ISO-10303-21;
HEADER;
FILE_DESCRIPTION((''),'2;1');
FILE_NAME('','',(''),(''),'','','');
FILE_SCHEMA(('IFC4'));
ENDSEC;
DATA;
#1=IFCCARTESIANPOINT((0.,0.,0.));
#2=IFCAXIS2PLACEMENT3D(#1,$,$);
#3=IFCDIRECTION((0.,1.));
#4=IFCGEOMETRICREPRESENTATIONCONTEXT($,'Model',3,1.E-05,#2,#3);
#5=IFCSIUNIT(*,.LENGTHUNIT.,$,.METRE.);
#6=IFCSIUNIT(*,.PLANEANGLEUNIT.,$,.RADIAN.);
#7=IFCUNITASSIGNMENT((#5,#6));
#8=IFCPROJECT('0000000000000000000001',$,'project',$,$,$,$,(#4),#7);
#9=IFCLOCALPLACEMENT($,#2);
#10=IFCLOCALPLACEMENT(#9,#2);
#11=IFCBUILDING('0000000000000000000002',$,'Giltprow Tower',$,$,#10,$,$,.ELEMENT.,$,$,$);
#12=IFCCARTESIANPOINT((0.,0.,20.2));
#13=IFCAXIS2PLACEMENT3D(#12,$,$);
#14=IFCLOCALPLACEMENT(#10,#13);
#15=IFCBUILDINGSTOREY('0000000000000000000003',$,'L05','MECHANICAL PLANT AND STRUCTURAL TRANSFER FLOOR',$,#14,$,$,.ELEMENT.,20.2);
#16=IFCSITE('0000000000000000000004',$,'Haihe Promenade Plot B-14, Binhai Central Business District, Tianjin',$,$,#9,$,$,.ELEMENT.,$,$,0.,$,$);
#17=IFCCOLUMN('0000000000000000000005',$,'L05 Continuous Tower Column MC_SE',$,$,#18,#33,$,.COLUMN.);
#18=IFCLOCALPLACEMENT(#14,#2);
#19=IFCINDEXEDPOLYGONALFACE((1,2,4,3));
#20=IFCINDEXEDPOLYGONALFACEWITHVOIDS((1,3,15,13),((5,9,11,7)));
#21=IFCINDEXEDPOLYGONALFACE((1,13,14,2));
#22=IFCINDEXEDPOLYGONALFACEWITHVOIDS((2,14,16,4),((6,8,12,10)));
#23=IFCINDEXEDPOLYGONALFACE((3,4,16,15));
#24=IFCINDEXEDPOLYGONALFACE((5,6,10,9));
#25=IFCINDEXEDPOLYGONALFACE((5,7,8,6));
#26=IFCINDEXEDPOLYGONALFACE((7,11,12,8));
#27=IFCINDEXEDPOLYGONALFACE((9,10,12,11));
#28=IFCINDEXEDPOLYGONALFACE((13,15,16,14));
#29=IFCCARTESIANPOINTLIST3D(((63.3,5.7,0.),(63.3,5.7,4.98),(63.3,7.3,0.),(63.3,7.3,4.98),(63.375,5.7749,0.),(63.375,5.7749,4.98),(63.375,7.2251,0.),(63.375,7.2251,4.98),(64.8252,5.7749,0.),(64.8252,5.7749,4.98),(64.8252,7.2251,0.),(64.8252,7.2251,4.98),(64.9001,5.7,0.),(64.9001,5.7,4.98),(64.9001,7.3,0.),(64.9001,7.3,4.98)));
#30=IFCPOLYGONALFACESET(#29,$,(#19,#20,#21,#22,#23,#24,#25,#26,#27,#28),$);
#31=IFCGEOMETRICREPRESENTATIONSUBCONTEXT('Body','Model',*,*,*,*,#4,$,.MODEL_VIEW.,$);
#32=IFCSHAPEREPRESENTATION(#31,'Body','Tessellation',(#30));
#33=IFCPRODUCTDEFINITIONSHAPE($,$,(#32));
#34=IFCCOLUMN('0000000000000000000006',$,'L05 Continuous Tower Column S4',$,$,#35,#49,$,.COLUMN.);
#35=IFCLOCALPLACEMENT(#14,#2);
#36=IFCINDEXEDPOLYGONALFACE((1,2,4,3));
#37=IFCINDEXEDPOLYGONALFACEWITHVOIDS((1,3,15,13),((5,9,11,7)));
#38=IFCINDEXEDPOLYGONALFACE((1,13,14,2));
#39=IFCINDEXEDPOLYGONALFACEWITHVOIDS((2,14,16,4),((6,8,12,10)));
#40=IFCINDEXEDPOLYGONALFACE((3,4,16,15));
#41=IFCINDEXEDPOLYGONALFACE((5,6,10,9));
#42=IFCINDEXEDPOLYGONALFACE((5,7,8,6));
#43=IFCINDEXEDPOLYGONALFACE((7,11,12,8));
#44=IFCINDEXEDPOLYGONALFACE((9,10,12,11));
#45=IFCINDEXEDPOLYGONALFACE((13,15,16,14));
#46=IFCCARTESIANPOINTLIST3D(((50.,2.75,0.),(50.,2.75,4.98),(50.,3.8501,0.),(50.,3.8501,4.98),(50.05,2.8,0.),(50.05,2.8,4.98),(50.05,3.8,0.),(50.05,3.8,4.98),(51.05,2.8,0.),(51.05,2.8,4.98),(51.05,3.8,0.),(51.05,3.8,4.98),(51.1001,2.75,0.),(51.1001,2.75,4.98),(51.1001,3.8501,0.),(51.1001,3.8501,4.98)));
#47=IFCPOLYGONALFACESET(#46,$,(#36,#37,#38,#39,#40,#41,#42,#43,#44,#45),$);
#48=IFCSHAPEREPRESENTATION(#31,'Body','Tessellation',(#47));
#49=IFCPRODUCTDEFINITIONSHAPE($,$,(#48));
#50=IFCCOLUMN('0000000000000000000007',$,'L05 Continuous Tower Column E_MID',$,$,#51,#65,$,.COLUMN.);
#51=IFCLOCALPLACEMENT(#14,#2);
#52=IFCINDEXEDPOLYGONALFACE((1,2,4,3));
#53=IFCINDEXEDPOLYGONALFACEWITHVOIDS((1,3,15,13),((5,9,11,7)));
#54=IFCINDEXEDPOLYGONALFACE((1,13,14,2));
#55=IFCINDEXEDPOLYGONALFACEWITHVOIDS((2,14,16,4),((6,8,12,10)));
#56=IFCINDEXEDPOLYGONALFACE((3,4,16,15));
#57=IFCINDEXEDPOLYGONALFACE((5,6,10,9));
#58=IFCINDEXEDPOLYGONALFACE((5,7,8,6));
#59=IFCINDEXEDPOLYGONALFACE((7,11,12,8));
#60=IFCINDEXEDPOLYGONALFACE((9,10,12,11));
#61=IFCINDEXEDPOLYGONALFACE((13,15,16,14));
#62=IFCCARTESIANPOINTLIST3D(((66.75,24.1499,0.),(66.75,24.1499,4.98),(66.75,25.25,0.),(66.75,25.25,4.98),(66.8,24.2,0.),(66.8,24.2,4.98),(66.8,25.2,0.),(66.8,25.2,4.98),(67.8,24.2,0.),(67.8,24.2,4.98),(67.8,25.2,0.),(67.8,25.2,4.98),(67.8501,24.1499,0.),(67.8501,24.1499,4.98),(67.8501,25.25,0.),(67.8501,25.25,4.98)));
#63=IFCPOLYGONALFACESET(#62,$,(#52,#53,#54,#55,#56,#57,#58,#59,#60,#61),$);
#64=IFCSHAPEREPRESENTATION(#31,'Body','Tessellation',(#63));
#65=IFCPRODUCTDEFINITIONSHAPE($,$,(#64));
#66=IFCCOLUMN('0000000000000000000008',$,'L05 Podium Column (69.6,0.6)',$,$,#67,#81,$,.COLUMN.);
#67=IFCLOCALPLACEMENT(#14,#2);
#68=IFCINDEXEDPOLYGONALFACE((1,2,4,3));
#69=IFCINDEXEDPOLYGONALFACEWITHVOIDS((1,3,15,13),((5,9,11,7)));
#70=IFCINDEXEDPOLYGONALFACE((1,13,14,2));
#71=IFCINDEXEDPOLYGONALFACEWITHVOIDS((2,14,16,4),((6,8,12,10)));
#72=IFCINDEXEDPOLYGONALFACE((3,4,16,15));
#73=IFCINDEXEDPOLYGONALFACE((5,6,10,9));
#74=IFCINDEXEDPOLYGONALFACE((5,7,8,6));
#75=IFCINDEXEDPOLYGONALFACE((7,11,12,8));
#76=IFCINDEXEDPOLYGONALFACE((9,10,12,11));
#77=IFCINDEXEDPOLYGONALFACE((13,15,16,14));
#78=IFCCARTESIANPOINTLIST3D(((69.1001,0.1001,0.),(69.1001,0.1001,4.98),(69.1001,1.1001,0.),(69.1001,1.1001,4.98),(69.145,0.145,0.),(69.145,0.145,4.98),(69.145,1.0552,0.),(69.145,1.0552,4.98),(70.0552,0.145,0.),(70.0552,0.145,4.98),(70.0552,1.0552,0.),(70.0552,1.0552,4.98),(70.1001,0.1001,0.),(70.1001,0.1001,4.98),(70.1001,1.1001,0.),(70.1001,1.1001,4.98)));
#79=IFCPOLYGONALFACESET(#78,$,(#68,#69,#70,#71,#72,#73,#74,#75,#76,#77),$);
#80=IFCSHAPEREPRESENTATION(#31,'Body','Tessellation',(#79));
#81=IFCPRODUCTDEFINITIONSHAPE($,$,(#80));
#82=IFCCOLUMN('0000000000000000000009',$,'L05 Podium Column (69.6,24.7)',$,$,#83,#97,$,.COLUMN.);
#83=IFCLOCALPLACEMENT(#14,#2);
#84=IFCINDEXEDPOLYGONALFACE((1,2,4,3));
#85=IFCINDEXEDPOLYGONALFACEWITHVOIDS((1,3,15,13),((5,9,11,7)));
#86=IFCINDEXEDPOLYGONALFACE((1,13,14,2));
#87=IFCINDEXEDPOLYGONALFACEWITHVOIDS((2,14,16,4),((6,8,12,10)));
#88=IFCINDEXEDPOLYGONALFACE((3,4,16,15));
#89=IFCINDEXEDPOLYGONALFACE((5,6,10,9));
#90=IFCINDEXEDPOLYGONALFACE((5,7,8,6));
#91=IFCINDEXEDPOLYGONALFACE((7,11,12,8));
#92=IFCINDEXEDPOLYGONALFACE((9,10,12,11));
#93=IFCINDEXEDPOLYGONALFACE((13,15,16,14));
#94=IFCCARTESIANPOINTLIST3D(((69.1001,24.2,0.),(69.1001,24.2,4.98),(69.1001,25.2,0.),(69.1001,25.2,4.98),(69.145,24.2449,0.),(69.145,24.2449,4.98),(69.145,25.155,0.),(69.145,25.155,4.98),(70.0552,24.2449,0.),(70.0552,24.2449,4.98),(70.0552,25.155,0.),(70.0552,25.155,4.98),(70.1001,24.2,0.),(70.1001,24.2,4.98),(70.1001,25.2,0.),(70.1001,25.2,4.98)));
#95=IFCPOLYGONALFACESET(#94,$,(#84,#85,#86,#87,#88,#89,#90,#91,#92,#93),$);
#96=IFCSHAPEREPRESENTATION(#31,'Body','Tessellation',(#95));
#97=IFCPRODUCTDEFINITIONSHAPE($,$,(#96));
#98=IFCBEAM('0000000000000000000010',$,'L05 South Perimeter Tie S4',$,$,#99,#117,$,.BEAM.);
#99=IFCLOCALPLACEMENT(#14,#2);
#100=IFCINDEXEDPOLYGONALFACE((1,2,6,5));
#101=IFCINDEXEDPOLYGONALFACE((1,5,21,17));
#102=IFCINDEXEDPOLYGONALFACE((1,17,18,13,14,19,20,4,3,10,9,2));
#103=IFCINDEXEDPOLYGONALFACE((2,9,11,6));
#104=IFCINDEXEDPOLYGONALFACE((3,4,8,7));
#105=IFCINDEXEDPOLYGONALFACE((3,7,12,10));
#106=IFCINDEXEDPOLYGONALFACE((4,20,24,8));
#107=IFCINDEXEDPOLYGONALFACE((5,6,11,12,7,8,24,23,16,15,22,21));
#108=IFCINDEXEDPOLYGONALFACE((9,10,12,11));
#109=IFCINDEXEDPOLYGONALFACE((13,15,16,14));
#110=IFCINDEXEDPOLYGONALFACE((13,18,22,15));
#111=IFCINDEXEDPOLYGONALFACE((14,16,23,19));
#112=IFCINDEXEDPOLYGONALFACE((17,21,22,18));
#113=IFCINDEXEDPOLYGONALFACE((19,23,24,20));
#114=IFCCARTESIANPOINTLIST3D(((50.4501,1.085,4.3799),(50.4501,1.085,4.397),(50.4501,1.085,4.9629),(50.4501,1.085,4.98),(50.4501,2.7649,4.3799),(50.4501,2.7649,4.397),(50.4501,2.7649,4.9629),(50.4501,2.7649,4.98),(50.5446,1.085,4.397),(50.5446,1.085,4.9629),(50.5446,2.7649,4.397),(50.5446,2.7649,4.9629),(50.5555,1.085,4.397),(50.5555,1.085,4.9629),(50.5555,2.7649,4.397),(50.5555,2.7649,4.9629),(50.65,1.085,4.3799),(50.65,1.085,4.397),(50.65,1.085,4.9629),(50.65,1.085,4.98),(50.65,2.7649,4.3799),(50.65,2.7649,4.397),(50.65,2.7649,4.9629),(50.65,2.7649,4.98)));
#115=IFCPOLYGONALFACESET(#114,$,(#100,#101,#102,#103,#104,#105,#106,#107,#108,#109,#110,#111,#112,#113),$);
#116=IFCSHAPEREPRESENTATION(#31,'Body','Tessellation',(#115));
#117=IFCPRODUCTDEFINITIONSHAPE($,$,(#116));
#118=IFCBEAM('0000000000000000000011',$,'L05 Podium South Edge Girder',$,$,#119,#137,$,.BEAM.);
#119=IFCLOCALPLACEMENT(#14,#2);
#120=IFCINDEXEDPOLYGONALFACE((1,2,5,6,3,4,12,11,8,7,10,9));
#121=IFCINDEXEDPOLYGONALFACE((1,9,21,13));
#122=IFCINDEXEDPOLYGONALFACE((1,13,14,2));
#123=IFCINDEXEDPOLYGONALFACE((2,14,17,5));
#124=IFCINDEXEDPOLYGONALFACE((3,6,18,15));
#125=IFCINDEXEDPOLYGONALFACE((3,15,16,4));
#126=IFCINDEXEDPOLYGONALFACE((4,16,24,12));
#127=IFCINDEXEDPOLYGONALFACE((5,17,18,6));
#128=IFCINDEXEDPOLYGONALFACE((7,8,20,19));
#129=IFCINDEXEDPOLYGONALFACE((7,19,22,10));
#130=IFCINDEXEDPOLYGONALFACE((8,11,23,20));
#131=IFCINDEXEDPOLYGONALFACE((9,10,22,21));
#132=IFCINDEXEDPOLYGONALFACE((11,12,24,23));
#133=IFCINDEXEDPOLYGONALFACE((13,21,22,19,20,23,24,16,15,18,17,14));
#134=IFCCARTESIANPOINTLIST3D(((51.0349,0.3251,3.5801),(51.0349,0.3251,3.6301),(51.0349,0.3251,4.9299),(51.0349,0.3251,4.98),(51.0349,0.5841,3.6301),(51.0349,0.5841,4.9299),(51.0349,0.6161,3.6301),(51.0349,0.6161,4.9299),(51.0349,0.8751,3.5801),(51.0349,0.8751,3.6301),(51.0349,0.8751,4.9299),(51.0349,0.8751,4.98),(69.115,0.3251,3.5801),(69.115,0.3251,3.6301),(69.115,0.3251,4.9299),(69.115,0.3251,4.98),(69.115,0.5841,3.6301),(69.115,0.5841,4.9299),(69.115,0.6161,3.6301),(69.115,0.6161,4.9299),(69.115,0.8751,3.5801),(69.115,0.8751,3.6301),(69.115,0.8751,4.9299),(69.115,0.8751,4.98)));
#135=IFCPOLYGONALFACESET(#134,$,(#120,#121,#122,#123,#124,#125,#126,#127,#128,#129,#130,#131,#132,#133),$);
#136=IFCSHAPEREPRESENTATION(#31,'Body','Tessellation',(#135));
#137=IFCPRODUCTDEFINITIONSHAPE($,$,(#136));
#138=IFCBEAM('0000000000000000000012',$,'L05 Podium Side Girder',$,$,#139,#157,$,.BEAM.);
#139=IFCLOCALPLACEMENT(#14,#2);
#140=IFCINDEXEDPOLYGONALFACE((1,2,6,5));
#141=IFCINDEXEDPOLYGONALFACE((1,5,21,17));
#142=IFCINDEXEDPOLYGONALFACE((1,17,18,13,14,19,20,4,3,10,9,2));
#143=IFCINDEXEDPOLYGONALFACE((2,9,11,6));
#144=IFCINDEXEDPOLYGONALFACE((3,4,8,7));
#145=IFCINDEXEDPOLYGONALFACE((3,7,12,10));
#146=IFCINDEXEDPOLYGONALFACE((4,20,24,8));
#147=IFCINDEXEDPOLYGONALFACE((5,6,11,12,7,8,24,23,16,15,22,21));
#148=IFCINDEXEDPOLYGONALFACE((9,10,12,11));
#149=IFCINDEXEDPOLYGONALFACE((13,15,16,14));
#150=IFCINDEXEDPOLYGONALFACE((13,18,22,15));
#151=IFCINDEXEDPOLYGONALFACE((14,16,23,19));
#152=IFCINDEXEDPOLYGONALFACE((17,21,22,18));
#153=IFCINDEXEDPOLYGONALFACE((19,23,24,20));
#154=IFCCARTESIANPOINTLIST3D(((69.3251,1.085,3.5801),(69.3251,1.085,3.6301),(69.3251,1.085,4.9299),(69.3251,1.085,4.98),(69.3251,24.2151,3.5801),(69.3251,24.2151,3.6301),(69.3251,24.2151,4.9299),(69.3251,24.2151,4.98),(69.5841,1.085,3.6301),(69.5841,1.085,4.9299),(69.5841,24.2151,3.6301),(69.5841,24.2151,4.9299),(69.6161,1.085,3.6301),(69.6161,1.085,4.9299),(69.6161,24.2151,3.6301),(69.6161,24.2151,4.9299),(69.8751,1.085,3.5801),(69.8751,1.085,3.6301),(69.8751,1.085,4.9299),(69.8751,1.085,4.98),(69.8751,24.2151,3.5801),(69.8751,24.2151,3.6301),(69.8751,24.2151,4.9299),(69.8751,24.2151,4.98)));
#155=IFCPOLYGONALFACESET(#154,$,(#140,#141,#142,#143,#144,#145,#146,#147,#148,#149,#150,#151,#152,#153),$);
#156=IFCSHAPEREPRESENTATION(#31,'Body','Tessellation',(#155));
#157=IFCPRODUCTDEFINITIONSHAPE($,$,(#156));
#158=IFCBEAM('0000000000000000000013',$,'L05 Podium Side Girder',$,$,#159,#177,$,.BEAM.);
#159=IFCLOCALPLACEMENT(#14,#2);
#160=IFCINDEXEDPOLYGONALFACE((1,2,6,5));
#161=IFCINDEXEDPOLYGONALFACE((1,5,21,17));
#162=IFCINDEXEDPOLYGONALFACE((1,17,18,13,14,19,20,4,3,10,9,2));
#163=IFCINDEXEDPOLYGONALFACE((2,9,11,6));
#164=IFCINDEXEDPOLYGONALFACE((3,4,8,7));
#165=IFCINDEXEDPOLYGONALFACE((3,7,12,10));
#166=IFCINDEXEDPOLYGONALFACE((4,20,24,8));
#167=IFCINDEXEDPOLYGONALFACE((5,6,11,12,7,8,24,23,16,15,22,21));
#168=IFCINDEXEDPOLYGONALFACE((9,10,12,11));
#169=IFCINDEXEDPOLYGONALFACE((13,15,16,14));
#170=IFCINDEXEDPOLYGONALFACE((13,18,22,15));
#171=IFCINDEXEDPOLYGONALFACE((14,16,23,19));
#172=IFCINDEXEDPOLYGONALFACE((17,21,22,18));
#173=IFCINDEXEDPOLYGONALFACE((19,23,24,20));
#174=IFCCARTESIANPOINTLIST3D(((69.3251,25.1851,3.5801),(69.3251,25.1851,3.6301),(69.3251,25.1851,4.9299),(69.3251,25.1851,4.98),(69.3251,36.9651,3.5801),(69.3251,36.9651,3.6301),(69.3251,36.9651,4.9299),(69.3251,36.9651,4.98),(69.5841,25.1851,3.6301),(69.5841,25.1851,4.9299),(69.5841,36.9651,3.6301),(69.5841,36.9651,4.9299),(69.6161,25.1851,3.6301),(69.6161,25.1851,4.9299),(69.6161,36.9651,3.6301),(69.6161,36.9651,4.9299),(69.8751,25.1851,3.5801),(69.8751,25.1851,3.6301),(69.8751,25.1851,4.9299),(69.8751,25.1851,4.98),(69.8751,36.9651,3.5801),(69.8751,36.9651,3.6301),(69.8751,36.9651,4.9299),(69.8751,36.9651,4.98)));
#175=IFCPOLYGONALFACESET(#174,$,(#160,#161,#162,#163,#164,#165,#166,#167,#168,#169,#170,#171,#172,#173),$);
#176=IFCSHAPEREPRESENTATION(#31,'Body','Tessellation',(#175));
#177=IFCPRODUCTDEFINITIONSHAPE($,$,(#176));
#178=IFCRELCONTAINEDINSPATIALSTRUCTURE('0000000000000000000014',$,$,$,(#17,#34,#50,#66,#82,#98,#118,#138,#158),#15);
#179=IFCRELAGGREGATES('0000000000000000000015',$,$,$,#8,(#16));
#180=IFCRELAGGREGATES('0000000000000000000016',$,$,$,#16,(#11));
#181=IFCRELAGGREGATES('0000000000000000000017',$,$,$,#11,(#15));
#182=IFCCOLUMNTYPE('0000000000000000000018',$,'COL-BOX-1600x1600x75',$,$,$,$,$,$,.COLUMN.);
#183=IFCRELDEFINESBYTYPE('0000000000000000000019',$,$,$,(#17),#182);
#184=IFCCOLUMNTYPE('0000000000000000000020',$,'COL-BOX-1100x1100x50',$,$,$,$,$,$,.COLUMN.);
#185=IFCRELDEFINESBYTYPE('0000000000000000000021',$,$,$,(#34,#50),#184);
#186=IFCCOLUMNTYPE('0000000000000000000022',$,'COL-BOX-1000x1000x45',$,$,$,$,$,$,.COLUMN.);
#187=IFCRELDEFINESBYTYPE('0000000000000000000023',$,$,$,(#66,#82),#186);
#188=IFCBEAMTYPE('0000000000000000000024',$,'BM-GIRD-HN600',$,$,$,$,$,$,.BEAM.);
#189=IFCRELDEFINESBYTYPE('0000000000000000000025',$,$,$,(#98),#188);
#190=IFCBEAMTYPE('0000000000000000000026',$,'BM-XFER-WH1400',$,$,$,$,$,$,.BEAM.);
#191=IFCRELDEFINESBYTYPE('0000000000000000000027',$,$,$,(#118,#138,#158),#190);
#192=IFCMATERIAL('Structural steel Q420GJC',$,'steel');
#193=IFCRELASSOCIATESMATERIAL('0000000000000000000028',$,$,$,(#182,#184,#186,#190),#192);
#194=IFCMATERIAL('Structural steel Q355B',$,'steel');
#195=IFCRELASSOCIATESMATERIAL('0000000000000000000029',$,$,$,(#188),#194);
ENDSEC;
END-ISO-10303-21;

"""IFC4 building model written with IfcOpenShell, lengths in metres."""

from ifc_helpers import new_model, si_unit, direction, frame, origin, origin_2d, place, context, subcontext, project, spatial, hollow_rectangle, i_section, extrude, source, transform, mapped, material, material_profile, profile_set, type_object, element, save


model = new_model("IFC4")

# Units and contexts
model_context = context("Model", 3, precision=1e-05, world=origin(), true_north=direction((0.0, 1.0)))
body_context = subcontext(model_context, "Body", "Model", "MODEL_VIEW")
ifc_project = project(units=[si_unit("LENGTHUNIT", "METRE"), si_unit("PLANEANGLEUNIT", "RADIAN")], contexts=[model_context])

# Site, building, storey
site_placement = place(None, origin())
site = spatial("IfcSite", under=ifc_project, at=site_placement, Name="Haihe Promenade Plot B-14, Binhai Central Business District, Tianjin", CompositionType="ELEMENT", RefElevation=0.0)
building_placement = place(site_placement, origin())
building = spatial("IfcBuilding", under=site, at=building_placement, Name="Giltprow Tower", CompositionType="ELEMENT")
storey_placement = place(building_placement, frame((0.0, 0.0, 20.2)))
storey = spatial("IfcBuildingStorey", under=building, at=storey_placement, Name="L05", Description="MECHANICAL PLANT AND STRUCTURAL TRANSFER FLOOR", CompositionType="ELEMENT", Elevation=20.2)

# Columns
ifc_material_1 = material(Name="Structural steel Q420GJC", Category="steel")
ifc_material_profile_1 = material_profile(ifc_material_1, hollow_rectangle(XDim=1.6001, YDim=1.6001, WallThickness=0.075, at=origin_2d()), Name="BOX 1600x1600x75")
ifc_profile_set_1 = profile_set([ifc_material_profile_1], Name="Structural steel Q420GJC")
column_type_1 = type_object("IfcColumnType", Name="COL-BOX-1600x1600x75", PredefinedType="COLUMN", material=ifc_profile_set_1)
shared_shape_1 = source(origin(), body_context, "Body", "SweptSolid", [
    extrude(hollow_rectangle(XDim=1.6001, YDim=1.6001, WallThickness=0.075, at=origin_2d()), origin(), (0.0, 0.0, 1.0), 4.98),
])
column_placement = place(storey_placement, frame((64.1001, 6.5, 0.0), z_axis=(0.0, 0.0, 1.0), x_axis=(1.0, 0.0, 0.0)))
element("IfcColumn", 1, at=column_placement, inside=storey, type_object=column_type_1, Name="L05 Continuous Tower Column MC_SE", PredefinedType="COLUMN", context=body_context, shape_type="MappedRepresentation", body=[
    mapped(shared_shape_1, transform((0.0, 0.0, 0.0), x_axis=(1.0, 0.0, 0.0), y_axis=(0.0, 1.0, 0.0), z_axis=(0.0, 0.0, 1.0), scale=1.0)),
])
ifc_material_profile_2 = material_profile(ifc_material_1, hollow_rectangle(XDim=1.1001, YDim=1.1001, WallThickness=0.05, at=origin_2d()), Name="BOX 1100x1100x50")
ifc_profile_set_2 = profile_set([ifc_material_profile_2], Name="Structural steel Q420GJC")
column_type_2 = type_object("IfcColumnType", Name="COL-BOX-1100x1100x50", PredefinedType="COLUMN", material=ifc_profile_set_2)
shared_shape_2 = source(origin(), body_context, "Body", "SweptSolid", [
    extrude(hollow_rectangle(XDim=1.1001, YDim=1.1001, WallThickness=0.05, at=origin_2d()), origin(), (0.0, 0.0, 1.0), 4.98),
])
for number, where, z_axis, x_axis, name in (
    (2, (50.55, 3.3, 0.0), (0.0, 0.0, 1.0), (1.0, 0.0, 0.0), "L05 Continuous Tower Column S4"),
    (3, (67.3, 24.7, 0.0), (0.0, 0.0, 1.0), (1.0, 0.0, 0.0), "L05 Continuous Tower Column E_MID"),
):
    element("IfcColumn", number, at=place(storey_placement, frame(where, z_axis=z_axis, x_axis=x_axis)), inside=storey, type_object=column_type_2, Name=name, PredefinedType="COLUMN", context=body_context, shape_type="MappedRepresentation", body=[
        mapped(shared_shape_2, transform((0.0, 0.0, 0.0), x_axis=(1.0, 0.0, 0.0), y_axis=(0.0, 1.0, 0.0), z_axis=(0.0, 0.0, 1.0), scale=1.0)),
    ])
ifc_material_profile_3 = material_profile(ifc_material_1, hollow_rectangle(XDim=1.0, YDim=1.0, WallThickness=0.0449, at=origin_2d()), Name="BOX 1000x1000x45")
ifc_profile_set_3 = profile_set([ifc_material_profile_3], Name="Structural steel Q420GJC")
column_type_3 = type_object("IfcColumnType", Name="COL-BOX-1000x1000x45", PredefinedType="COLUMN", material=ifc_profile_set_3)
shared_shape_3 = source(origin(), body_context, "Body", "SweptSolid", [
    extrude(hollow_rectangle(XDim=1.0, YDim=1.0, WallThickness=0.0449, at=origin_2d()), origin(), (0.0, 0.0, 1.0), 4.98),
])
for number, where, z_axis, x_axis, name in (
    (4, (69.6001, 0.6001, 0.0), (0.0, 0.0, 1.0), (1.0, 0.0, 0.0), "L05 Podium Column (69.6,0.6)"),
    (5, (69.6001, 24.7, 0.0), (0.0, 0.0, 1.0), (1.0, 0.0, 0.0), "L05 Podium Column (69.6,24.7)"),
):
    element("IfcColumn", number, at=place(storey_placement, frame(where, z_axis=z_axis, x_axis=x_axis)), inside=storey, type_object=column_type_3, Name=name, PredefinedType="COLUMN", context=body_context, shape_type="MappedRepresentation", body=[
        mapped(shared_shape_3, transform((0.0, 0.0, 0.0), x_axis=(1.0, 0.0, 0.0), y_axis=(0.0, 1.0, 0.0), z_axis=(0.0, 0.0, 1.0), scale=1.0)),
    ])

# Beams
ifc_material_2 = material(Name="Structural steel Q355B", Category="steel")
ifc_material_profile_4 = material_profile(ifc_material_2, i_section(OverallWidth=0.2, OverallDepth=0.6001, WebThickness=0.011, FlangeThickness=0.0171, at=origin_2d()), Name="HN 600x200x11x17")
ifc_profile_set_4 = profile_set([ifc_material_profile_4], Name="Structural steel Q355B")
beam_type_1 = type_object("IfcBeamType", Name="BM-GIRD-HN600", PredefinedType="BEAM", material=ifc_profile_set_4)
shared_shape_4 = source(origin(), body_context, "Body", "SweptSolid", [
    extrude(i_section(OverallWidth=0.2, OverallDepth=0.6001, WebThickness=0.011, FlangeThickness=0.0171, at=origin_2d()), origin(), (0.0, 0.0, 1.0), 1.6799),
])
beam_1_placement = place(storey_placement, frame((50.55, 1.085, 4.6799), z_axis=(0.0, 1.0, 0.0), x_axis=(-1.0, 0.0, 0.0)))
element("IfcBeam", 6, at=beam_1_placement, inside=storey, type_object=beam_type_1, Name="L05 South Perimeter Tie S4", PredefinedType="BEAM", context=body_context, shape_type="MappedRepresentation", body=[
    mapped(shared_shape_4, transform((0.0, 0.0, 0.0), x_axis=(1.0, 0.0, 0.0), y_axis=(0.0, 1.0, 0.0), z_axis=(0.0, 0.0, 1.0), scale=1.0)),
])
ifc_material_profile_5 = material_profile(ifc_material_1, i_section(OverallWidth=0.55, OverallDepth=1.3999, WebThickness=0.032, FlangeThickness=0.05, at=origin_2d()), Name="WH 1400x550x32x50")
ifc_profile_set_5 = profile_set([ifc_material_profile_5], Name="Structural steel Q420GJC")
beam_type_2 = type_object("IfcBeamType", Name="BM-XFER-WH1400", PredefinedType="BEAM", material=ifc_profile_set_5)
shared_shape_5 = source(origin(), body_context, "Body", "SweptSolid", [
    extrude(i_section(OverallWidth=0.55, OverallDepth=1.3999, WebThickness=0.032, FlangeThickness=0.05, at=origin_2d()), origin(), (0.0, 0.0, 1.0), 18.0801),
])
beam_2_placement = place(storey_placement, frame((51.0349, 0.6001, 4.28), z_axis=(1.0, 0.0, 0.0), x_axis=(0.0, 1.0, 0.0)))
element("IfcBeam", 7, at=beam_2_placement, inside=storey, type_object=beam_type_2, Name="L05 Podium South Edge Girder", PredefinedType="BEAM", context=body_context, shape_type="MappedRepresentation", body=[
    mapped(shared_shape_5, transform((0.0, 0.0, 0.0), x_axis=(1.0, 0.0, 0.0), y_axis=(0.0, 1.0, 0.0), z_axis=(0.0, 0.0, 1.0), scale=1.0)),
])
shared_shape_6 = source(origin(), body_context, "Body", "SweptSolid", [
    extrude(i_section(OverallWidth=0.55, OverallDepth=1.3999, WebThickness=0.032, FlangeThickness=0.05, at=origin_2d()), origin(), (0.0, 0.0, 1.0), 23.1301),
])
beam_3_placement = place(storey_placement, frame((69.6001, 1.085, 4.28), z_axis=(0.0, 1.0, 0.0), x_axis=(-1.0, 0.0, 0.0)))
element("IfcBeam", 8, at=beam_3_placement, inside=storey, type_object=beam_type_2, Name="L05 Podium Side Girder", PredefinedType="BEAM", context=body_context, shape_type="MappedRepresentation", body=[
    mapped(shared_shape_6, transform((0.0, 0.0, 0.0), x_axis=(1.0, 0.0, 0.0), y_axis=(0.0, 1.0, 0.0), z_axis=(0.0, 0.0, 1.0), scale=1.0)),
])
shared_shape_7 = source(origin(), body_context, "Body", "SweptSolid", [
    extrude(i_section(OverallWidth=0.55, OverallDepth=1.3999, WebThickness=0.032, FlangeThickness=0.05, at=origin_2d()), origin(), (0.0, 0.0, 1.0), 11.78),
])
beam_4_placement = place(storey_placement, frame((69.6001, 25.1851, 4.28), z_axis=(0.0, 1.0, 0.0), x_axis=(-1.0, 0.0, 0.0)))
element("IfcBeam", 9, at=beam_4_placement, inside=storey, type_object=beam_type_2, Name="L05 Podium Side Girder", PredefinedType="BEAM", context=body_context, shape_type="MappedRepresentation", body=[
    mapped(shared_shape_7, transform((0.0, 0.0, 0.0), x_axis=(1.0, 0.0, 0.0), y_axis=(0.0, 1.0, 0.0), z_axis=(0.0, 0.0, 1.0), scale=1.0)),
])

save(model, "model.ifc")
